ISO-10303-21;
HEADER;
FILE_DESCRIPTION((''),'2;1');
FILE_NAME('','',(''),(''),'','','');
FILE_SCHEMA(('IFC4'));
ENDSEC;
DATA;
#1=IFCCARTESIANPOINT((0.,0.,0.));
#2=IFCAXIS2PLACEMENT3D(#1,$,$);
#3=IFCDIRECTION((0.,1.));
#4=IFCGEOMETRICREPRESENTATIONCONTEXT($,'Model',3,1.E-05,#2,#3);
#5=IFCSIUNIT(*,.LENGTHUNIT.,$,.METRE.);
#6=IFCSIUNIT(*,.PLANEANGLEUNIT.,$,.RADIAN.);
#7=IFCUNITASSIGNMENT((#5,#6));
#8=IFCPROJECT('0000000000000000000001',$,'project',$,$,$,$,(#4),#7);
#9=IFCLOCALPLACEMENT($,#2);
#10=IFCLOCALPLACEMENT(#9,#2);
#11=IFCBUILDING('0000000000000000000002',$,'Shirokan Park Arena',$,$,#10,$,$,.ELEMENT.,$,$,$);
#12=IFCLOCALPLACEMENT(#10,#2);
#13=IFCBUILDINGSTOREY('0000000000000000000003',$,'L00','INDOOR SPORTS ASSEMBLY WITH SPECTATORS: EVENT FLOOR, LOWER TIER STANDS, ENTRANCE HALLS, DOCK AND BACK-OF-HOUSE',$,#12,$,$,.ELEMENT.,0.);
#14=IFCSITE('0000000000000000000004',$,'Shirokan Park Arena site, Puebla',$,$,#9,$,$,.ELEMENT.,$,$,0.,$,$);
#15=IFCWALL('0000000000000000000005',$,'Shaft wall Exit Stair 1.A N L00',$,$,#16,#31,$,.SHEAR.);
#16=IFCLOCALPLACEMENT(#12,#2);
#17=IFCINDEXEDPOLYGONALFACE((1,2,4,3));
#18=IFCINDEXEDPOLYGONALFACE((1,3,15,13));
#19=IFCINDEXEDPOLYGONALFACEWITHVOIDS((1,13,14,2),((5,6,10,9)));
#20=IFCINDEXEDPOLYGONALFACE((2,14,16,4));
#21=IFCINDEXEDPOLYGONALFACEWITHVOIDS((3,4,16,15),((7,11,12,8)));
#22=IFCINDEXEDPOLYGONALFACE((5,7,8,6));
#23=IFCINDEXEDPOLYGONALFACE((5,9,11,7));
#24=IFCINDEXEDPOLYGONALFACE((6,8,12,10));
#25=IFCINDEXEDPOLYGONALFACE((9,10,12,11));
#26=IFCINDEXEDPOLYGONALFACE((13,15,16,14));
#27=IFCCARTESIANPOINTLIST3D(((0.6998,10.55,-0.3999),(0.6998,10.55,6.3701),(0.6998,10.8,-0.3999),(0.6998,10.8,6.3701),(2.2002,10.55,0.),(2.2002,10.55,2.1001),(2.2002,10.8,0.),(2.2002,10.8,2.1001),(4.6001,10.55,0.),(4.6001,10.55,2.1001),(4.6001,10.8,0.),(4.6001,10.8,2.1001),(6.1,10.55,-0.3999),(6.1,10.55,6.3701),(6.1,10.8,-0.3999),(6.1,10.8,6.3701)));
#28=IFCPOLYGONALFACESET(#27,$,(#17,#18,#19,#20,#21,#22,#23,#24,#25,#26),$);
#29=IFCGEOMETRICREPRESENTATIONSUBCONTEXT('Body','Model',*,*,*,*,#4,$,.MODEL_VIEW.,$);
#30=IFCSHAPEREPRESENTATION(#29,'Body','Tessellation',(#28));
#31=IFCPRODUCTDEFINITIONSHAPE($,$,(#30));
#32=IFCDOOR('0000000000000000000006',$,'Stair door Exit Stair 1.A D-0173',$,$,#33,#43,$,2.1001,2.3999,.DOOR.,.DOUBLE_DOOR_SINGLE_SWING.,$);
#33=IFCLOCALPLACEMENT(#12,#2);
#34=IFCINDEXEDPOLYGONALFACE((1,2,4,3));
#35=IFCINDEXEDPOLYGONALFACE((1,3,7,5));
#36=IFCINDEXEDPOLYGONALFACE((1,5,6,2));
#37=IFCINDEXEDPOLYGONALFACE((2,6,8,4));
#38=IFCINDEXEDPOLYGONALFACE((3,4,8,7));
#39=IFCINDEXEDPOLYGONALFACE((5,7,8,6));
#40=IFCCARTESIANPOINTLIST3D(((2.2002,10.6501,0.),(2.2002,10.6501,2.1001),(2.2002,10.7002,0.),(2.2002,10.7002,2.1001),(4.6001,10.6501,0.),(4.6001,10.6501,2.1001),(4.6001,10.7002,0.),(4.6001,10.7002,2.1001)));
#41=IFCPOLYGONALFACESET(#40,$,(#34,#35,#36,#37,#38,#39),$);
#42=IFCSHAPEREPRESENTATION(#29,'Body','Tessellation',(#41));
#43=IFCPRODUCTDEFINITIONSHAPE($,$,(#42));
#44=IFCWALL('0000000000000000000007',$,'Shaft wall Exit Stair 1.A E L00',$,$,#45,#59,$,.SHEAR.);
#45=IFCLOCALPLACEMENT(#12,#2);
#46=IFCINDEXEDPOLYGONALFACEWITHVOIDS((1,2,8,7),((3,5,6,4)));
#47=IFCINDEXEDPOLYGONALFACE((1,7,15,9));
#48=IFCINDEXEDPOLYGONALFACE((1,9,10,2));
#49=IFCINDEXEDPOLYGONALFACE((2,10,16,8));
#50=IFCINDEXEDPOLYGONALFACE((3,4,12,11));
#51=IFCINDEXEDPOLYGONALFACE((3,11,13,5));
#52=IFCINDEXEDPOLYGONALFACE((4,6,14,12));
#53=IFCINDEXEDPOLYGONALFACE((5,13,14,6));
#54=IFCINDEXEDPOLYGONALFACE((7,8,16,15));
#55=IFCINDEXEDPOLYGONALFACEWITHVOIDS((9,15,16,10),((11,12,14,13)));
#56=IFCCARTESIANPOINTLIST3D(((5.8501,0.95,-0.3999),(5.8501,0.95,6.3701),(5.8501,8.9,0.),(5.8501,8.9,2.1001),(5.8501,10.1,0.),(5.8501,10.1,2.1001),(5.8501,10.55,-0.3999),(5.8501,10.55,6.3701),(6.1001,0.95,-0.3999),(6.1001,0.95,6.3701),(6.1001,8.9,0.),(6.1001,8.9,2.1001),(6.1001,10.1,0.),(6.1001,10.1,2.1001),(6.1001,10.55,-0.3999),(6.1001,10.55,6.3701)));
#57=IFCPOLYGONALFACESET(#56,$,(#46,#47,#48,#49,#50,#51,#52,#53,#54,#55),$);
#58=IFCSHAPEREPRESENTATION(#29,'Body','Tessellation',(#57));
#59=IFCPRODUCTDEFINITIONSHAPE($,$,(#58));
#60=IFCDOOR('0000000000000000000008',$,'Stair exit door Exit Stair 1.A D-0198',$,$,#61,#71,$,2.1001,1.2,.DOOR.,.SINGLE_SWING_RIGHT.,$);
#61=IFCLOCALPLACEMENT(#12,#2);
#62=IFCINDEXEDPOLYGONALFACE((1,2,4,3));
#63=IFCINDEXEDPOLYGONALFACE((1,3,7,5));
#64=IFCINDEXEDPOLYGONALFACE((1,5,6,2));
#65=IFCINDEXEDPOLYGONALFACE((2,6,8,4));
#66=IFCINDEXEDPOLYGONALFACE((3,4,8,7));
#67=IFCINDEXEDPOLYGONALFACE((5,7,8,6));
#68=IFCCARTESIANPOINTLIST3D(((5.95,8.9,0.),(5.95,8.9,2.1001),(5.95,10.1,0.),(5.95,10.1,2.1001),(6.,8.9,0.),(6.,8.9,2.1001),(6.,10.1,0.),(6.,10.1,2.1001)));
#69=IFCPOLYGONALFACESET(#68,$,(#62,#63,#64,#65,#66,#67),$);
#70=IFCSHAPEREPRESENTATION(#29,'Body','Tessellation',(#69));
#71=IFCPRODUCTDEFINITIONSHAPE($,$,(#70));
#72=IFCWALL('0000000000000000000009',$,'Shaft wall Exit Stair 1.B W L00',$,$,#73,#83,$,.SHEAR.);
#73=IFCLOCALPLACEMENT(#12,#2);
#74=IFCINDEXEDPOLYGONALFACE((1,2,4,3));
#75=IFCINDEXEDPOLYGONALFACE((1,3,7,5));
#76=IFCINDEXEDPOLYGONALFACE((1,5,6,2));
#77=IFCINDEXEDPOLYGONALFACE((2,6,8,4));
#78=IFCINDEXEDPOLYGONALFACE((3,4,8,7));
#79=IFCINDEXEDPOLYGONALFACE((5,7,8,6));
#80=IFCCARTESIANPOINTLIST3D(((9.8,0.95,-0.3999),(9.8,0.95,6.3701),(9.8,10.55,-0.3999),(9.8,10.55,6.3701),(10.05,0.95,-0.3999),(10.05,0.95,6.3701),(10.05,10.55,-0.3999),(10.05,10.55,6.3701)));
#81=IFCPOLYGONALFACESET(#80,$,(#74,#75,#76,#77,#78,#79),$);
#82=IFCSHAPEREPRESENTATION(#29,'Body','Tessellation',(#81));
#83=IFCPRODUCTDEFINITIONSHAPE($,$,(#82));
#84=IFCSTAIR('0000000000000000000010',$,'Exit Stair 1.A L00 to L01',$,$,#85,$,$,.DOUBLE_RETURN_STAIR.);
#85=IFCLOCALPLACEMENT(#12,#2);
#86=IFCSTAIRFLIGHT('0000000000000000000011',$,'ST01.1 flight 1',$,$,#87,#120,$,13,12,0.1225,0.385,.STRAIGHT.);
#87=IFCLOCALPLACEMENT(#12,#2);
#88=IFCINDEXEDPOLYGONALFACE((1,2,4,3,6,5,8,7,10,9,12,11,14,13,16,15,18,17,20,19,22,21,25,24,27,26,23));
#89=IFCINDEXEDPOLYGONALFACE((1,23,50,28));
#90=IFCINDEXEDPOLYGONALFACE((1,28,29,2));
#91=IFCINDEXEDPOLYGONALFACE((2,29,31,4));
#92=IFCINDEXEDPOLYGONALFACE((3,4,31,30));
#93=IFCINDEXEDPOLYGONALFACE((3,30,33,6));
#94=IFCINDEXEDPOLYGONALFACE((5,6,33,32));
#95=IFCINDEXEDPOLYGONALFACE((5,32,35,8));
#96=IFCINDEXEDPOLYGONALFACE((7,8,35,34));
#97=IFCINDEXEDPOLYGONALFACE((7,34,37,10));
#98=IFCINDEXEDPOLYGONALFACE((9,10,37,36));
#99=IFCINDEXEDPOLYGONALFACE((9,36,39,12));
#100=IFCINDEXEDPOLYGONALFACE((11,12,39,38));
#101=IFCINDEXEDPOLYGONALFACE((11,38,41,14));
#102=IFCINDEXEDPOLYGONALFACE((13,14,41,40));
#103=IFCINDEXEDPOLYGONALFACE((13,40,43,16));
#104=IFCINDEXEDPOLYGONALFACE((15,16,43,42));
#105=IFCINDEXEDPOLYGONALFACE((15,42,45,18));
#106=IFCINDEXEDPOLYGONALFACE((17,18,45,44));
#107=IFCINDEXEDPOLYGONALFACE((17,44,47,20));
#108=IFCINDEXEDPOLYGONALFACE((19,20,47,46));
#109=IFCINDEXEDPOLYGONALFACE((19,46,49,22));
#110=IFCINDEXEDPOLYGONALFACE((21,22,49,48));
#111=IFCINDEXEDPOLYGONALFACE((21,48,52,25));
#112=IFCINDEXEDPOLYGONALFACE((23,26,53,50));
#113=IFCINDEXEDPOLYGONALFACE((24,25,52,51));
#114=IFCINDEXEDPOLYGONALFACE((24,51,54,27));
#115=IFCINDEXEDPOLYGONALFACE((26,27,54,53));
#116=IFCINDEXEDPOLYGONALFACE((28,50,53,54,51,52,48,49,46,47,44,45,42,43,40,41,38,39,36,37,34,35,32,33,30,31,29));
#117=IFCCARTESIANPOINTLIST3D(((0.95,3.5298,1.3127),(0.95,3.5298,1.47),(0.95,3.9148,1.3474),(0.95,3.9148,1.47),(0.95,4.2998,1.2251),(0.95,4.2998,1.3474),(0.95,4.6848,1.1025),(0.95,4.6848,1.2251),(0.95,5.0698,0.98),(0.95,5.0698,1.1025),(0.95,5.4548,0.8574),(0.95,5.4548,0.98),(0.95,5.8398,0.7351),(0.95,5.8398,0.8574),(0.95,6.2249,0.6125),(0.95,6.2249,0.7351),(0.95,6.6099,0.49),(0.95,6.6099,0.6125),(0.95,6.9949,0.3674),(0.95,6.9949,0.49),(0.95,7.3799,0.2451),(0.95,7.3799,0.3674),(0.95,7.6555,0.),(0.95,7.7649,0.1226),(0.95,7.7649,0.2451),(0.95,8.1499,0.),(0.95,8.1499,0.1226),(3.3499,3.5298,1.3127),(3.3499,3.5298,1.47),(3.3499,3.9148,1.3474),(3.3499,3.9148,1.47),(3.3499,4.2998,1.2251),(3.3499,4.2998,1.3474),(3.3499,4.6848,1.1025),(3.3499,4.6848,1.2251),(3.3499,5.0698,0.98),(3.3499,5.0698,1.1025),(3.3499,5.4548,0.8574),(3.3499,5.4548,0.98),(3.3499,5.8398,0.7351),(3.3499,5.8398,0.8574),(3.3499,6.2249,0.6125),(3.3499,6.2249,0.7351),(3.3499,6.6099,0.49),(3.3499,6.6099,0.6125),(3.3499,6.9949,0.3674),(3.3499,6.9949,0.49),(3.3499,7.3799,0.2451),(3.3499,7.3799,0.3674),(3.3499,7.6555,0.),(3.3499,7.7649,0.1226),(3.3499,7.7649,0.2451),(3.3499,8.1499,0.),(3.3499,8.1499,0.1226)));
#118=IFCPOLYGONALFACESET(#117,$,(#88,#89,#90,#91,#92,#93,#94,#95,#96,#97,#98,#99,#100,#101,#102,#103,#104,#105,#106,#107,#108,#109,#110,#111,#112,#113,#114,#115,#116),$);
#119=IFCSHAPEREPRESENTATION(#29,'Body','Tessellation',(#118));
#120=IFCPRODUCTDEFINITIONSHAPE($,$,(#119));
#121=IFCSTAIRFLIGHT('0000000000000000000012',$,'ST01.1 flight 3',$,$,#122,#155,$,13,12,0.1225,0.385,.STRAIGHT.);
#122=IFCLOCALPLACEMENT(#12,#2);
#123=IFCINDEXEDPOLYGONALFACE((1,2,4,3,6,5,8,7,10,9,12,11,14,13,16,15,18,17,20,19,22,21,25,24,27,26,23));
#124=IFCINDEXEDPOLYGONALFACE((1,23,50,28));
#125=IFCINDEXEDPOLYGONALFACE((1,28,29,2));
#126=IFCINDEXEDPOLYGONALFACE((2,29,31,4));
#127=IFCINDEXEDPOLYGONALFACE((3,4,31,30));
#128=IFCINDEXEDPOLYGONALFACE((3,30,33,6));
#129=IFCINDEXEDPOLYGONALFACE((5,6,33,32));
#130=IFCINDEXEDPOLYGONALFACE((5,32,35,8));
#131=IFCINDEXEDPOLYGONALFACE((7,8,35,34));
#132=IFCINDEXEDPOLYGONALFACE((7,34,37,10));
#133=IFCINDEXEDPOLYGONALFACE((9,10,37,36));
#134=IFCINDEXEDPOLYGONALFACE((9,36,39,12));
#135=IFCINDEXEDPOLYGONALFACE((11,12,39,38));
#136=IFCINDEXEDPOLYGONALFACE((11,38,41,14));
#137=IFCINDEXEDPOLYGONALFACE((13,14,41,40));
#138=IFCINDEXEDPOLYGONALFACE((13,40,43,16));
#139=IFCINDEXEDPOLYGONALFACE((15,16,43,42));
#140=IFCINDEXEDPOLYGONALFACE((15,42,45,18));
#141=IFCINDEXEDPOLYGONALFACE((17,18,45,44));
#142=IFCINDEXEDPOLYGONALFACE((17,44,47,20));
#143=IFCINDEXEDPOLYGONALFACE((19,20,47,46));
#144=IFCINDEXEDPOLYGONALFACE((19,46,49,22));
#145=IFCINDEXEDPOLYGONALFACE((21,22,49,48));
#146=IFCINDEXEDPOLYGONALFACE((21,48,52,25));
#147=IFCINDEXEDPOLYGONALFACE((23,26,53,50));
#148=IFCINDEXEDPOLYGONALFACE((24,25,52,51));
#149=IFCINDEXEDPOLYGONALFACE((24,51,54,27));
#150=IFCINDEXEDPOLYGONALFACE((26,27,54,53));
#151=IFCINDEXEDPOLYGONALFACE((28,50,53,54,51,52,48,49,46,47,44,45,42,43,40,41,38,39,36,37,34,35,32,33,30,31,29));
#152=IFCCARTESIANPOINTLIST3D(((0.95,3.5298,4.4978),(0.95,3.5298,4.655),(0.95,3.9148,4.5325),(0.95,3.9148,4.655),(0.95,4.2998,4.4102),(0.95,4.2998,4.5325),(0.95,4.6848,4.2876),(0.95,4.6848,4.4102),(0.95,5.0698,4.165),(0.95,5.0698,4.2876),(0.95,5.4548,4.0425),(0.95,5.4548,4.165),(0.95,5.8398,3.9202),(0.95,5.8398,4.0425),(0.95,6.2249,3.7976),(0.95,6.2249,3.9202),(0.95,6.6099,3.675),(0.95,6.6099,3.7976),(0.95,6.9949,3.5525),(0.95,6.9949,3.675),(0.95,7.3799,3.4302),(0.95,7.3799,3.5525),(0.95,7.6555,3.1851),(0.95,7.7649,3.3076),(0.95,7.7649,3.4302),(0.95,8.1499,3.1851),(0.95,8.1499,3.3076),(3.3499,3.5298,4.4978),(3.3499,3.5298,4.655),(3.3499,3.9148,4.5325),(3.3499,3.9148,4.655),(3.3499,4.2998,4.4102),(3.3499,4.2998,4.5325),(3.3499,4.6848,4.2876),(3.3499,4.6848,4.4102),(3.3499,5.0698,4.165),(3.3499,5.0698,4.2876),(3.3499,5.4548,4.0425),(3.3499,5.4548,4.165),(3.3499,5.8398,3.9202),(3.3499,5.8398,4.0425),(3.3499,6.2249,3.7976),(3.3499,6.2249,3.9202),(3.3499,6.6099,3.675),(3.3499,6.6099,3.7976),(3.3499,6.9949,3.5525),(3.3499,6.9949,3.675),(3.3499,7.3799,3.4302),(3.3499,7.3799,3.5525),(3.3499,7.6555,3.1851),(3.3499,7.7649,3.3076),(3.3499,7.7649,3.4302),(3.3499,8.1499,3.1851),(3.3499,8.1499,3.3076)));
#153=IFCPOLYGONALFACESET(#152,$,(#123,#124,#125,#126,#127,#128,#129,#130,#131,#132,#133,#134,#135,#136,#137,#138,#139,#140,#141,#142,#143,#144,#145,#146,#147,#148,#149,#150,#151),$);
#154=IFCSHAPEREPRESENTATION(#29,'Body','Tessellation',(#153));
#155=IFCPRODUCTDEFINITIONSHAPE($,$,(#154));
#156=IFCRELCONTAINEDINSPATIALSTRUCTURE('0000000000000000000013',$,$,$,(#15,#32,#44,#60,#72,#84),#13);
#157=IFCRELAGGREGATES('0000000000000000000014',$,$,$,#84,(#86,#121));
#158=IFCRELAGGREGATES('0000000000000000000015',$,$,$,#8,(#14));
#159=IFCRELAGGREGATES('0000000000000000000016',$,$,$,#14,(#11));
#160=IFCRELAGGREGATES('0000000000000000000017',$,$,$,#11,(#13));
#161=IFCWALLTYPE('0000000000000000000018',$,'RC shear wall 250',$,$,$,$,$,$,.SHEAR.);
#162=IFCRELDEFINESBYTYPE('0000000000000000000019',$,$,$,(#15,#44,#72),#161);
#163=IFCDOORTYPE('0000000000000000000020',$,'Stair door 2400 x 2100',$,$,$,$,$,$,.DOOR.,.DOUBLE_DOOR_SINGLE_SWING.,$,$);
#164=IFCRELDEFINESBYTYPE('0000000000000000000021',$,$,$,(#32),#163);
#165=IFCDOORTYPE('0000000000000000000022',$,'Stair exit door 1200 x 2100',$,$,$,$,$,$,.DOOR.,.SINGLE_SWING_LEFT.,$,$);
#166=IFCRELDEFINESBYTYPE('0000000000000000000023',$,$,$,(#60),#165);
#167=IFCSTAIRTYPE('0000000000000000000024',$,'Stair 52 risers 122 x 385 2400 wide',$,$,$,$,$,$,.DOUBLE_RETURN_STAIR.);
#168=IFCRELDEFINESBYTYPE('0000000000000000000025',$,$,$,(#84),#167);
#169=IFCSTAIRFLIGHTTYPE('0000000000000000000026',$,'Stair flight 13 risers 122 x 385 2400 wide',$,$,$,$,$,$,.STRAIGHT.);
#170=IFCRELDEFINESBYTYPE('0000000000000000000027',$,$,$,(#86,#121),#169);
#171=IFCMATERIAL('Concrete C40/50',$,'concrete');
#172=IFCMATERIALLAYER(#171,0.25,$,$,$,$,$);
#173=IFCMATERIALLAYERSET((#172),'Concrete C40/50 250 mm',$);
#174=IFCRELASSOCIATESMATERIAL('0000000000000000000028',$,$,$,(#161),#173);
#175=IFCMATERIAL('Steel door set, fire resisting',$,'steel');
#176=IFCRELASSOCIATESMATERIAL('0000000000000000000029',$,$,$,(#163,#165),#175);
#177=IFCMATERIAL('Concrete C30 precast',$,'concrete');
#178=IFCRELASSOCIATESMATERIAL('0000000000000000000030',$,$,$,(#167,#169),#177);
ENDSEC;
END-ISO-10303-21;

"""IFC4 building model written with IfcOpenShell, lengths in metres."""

from ifc_helpers import new_model, si_unit, direction, frame, frame_2d, origin, place, context, subcontext, project, spatial, polyline, rectangle, outline, extrude, material, layer, layer_set, type_object, element, fill, aggregate, save


model = new_model("IFC4")

# Units and contexts
model_context = context("Model", 3, precision=1e-05, world=origin(), true_north=direction((0.0, 1.0)))
body_context = subcontext(model_context, "Body", "Model", "MODEL_VIEW")
ifc_project = project(units=[si_unit("LENGTHUNIT", "METRE"), si_unit("PLANEANGLEUNIT", "RADIAN")], contexts=[model_context])

# Site, building, storey
site_placement = place(None, origin())
site = spatial("IfcSite", under=ifc_project, at=site_placement, Name="Shirokan Park Arena site, Puebla", CompositionType="ELEMENT", RefElevation=0.0)
building_placement = place(site_placement, origin())
building = spatial("IfcBuilding", under=site, at=building_placement, Name="Shirokan Park Arena", CompositionType="ELEMENT")
storey_placement = place(building_placement, origin())
storey = spatial("IfcBuildingStorey", under=building, at=storey_placement, Name="L00", Description="INDOOR SPORTS ASSEMBLY WITH SPECTATORS: EVENT FLOOR, LOWER TIER STANDS, ENTRANCE HALLS, DOCK AND BACK-OF-HOUSE", CompositionType="ELEMENT", Elevation=0.0)

# Walls, openings, doors
ifc_material_1 = material(Name="Concrete C40/50", Category="concrete")
ifc_layer_1 = layer(ifc_material_1, 0.25)
ifc_layer_set_1 = layer_set([ifc_layer_1], Name="Concrete C40/50 250 mm")
wall_type_1 = type_object("IfcWallType", Name="RC shear wall 250", PredefinedType="SHEAR", material=ifc_layer_set_1)
wall_1_placement = place(storey_placement, frame((6.1001, 10.675, -0.3999), z_axis=(0.0, 0.0, 1.0), x_axis=(-1.0, 0.0, 0.0)))
wall_1 = element("IfcWall", 1, at=wall_1_placement, inside=storey, type_object=wall_type_1, Name="Shaft wall Exit Stair 1.A N L00", PredefinedType="SHEAR", context=body_context, shape_type="SweptSolid", body=[
    extrude(rectangle(XDim=5.4001, YDim=0.25, at=frame_2d((2.7002, 0.0))), origin(), (0.0, 0.0, 1.0), 6.77),
])
opening_1_placement = place(wall_1_placement, frame((1.5, 0.0, 0.3999)))
opening_1 = element("IfcOpeningElement", 2, at=opening_1_placement, cuts=wall_1, PredefinedType="OPENING", context=body_context, shape_type="SweptSolid", body=[
    extrude(rectangle(XDim=2.3999, YDim=2.1001, at=frame_2d((1.2, 1.05))), frame((0.0, 0.135, 0.0), z_axis=(0.0, -1.0, 0.0), x_axis=(1.0, 0.0, 0.0)), (0.0, 0.0, 1.0), 0.27),
])
ifc_material_2 = material(Name="Steel door set, fire resisting", Category="steel")
door_type_1 = type_object("IfcDoorType", Name="Stair door 2400 x 2100", OperationType="DOUBLE_DOOR_SINGLE_SWING", PredefinedType="DOOR", material=ifc_material_2)
door_1_placement = place(opening_1_placement, origin())
door_1 = element("IfcDoor", 3, at=door_1_placement, inside=storey, type_object=door_type_1, Name="Stair door Exit Stair 1.A D-0173", OperationType="DOUBLE_DOOR_SINGLE_SWING", OverallHeight=2.1001, OverallWidth=2.3999, PredefinedType="DOOR", context=body_context, shape_type="SweptSolid", body=[
    extrude(rectangle(XDim=2.3999, YDim=2.1001, at=frame_2d((1.2, 1.05))), frame((0.0, 0.0249, 0.0), z_axis=(0.0, -1.0, 0.0), x_axis=(1.0, 0.0, 0.0)), (0.0, 0.0, 1.0), 0.05),
])
fill(opening_1, door_1)
wall_2_placement = place(storey_placement, frame((5.9751, 10.55, -0.3999), z_axis=(0.0, 0.0, 1.0), x_axis=(0.0, -1.0, 0.0)))
wall_2 = element("IfcWall", 4, at=wall_2_placement, inside=storey, type_object=wall_type_1, Name="Shaft wall Exit Stair 1.A E L00", PredefinedType="SHEAR", context=body_context, shape_type="SweptSolid", body=[
    extrude(rectangle(XDim=9.6001, YDim=0.25, at=frame_2d((4.8, 0.0))), origin(), (0.0, 0.0, 1.0), 6.77),
])
opening_2_placement = place(wall_2_placement, frame((0.45, 0.0, 0.3999)))
opening_2 = element("IfcOpeningElement", 5, at=opening_2_placement, cuts=wall_2, PredefinedType="OPENING", context=body_context, shape_type="SweptSolid", body=[
    extrude(rectangle(XDim=1.2, YDim=2.1001, at=frame_2d((0.6001, 1.05))), frame((0.0, 0.135, 0.0), z_axis=(0.0, -1.0, 0.0), x_axis=(1.0, 0.0, 0.0)), (0.0, 0.0, 1.0), 0.27),
])
door_type_2 = type_object("IfcDoorType", Name="Stair exit door 1200 x 2100", OperationType="SINGLE_SWING_LEFT", PredefinedType="DOOR", material=ifc_material_2)
door_2_placement = place(opening_2_placement, origin())
door_2 = element("IfcDoor", 6, at=door_2_placement, inside=storey, type_object=door_type_2, Name="Stair exit door Exit Stair 1.A D-0198", OperationType="SINGLE_SWING_RIGHT", OverallHeight=2.1001, OverallWidth=1.2, PredefinedType="DOOR", context=body_context, shape_type="SweptSolid", body=[
    extrude(rectangle(XDim=1.2, YDim=2.1001, at=frame_2d((0.6001, 1.05))), frame((0.0, 0.0249, 0.0), z_axis=(0.0, -1.0, 0.0), x_axis=(1.0, 0.0, 0.0)), (0.0, 0.0, 1.0), 0.05),
])
fill(opening_2, door_2)

# Wall
wall_3_placement = place(storey_placement, frame((9.925, 10.55, -0.3999), z_axis=(0.0, 0.0, 1.0), x_axis=(0.0, -1.0, 0.0)))
element("IfcWall", 7, at=wall_3_placement, inside=storey, type_object=wall_type_1, Name="Shaft wall Exit Stair 1.B W L00", PredefinedType="SHEAR", context=body_context, shape_type="SweptSolid", body=[
    extrude(rectangle(XDim=9.6001, YDim=0.25, at=frame_2d((4.8, 0.0))), origin(), (0.0, 0.0, 1.0), 6.77),
])

# Stair, stair flights
ifc_material_3 = material(Name="Concrete C30 precast", Category="concrete")
stair_type = type_object("IfcStairType", Name="Stair 52 risers 122 x 385 2400 wide", PredefinedType="DOUBLE_RETURN_STAIR", material=ifc_material_3)
stair_placement = place(storey_placement, origin())
stair = element("IfcStair", 8, at=stair_placement, inside=storey, type_object=stair_type, Name="Exit Stair 1.A L00 to L01", PredefinedType="DOUBLE_RETURN_STAIR")
stair_flight_type = type_object("IfcStairFlightType", Name="Stair flight 13 risers 122 x 385 2400 wide", PredefinedType="STRAIGHT", material=ifc_material_3)
stair_flight_1_placement = place(storey_placement, frame((2.1499, 8.1499, 0.0), z_axis=(0.0, 0.0, 1.0), x_axis=(0.0, -1.0, 0.0)))
stair_flight_1 = element("IfcStairFlight", 9, at=stair_flight_1_placement, type_object=stair_flight_type, Name="ST01.1 flight 1", NumberOfRisers=13, NumberOfTreads=12, PredefinedType="STRAIGHT", RiserHeight=0.1225, TreadLength=0.385, context=body_context, shape_type="SweptSolid", body=[
    extrude(outline(polyline([(0.0, 0.0), (0.0, 0.1226), (0.385, 0.1226), (0.385, 0.2451), (0.77, 0.2451), (0.77, 0.3674), (1.155, 0.3674), (1.155, 0.49), (1.54, 0.49), (1.54, 0.6125), (1.925, 0.6125), (1.925, 0.7351), (2.3101, 0.7351), (2.3101, 0.8574), (2.6951, 0.8574), (2.6951, 0.98), (3.0801, 0.98), (3.0801, 1.1025), (3.4651, 1.1025), (3.4651, 1.2251), (3.8501, 1.2251), (3.8501, 1.3474), (4.2351, 1.3474), (4.2351, 1.47), (4.6201, 1.47), (4.6201, 1.5925), (4.6201, 1.3127), (0.4944, 0.0), (0.0, 0.0)])), frame((0.0, 1.2, 0.0), z_axis=(0.0, -1.0, 0.0), x_axis=(1.0, 0.0, 0.0)), (0.0, 0.0, 1.0), 2.3999),
])
stair_flight_2_placement = place(storey_placement, frame((2.1499, 8.1499, 3.1851), z_axis=(0.0, 0.0, 1.0), x_axis=(0.0, -1.0, 0.0)))
stair_flight_2 = element("IfcStairFlight", 10, at=stair_flight_2_placement, type_object=stair_flight_type, Name="ST01.1 flight 3", NumberOfRisers=13, NumberOfTreads=12, PredefinedType="STRAIGHT", RiserHeight=0.1225, TreadLength=0.385, context=body_context, shape_type="SweptSolid", body=[
    extrude(outline(polyline([(0.0, 0.0), (0.0, 0.1226), (0.385, 0.1226), (0.385, 0.2451), (0.77, 0.2451), (0.77, 0.3674), (1.155, 0.3674), (1.155, 0.49), (1.54, 0.49), (1.54, 0.6125), (1.925, 0.6125), (1.925, 0.7351), (2.3101, 0.7351), (2.3101, 0.8574), (2.6951, 0.8574), (2.6951, 0.98), (3.0801, 0.98), (3.0801, 1.1025), (3.4651, 1.1025), (3.4651, 1.2251), (3.8501, 1.2251), (3.8501, 1.3474), (4.2351, 1.3474), (4.2351, 1.47), (4.6201, 1.47), (4.6201, 1.5925), (4.6201, 1.3127), (0.4944, 0.0), (0.0, 0.0)])), frame((0.0, 1.2, 0.0), z_axis=(0.0, -1.0, 0.0), x_axis=(1.0, 0.0, 0.0)), (0.0, 0.0, 1.0), 2.3999),
])
aggregate(stair, [stair_flight_1, stair_flight_2])

save(model, "model.ifc")
